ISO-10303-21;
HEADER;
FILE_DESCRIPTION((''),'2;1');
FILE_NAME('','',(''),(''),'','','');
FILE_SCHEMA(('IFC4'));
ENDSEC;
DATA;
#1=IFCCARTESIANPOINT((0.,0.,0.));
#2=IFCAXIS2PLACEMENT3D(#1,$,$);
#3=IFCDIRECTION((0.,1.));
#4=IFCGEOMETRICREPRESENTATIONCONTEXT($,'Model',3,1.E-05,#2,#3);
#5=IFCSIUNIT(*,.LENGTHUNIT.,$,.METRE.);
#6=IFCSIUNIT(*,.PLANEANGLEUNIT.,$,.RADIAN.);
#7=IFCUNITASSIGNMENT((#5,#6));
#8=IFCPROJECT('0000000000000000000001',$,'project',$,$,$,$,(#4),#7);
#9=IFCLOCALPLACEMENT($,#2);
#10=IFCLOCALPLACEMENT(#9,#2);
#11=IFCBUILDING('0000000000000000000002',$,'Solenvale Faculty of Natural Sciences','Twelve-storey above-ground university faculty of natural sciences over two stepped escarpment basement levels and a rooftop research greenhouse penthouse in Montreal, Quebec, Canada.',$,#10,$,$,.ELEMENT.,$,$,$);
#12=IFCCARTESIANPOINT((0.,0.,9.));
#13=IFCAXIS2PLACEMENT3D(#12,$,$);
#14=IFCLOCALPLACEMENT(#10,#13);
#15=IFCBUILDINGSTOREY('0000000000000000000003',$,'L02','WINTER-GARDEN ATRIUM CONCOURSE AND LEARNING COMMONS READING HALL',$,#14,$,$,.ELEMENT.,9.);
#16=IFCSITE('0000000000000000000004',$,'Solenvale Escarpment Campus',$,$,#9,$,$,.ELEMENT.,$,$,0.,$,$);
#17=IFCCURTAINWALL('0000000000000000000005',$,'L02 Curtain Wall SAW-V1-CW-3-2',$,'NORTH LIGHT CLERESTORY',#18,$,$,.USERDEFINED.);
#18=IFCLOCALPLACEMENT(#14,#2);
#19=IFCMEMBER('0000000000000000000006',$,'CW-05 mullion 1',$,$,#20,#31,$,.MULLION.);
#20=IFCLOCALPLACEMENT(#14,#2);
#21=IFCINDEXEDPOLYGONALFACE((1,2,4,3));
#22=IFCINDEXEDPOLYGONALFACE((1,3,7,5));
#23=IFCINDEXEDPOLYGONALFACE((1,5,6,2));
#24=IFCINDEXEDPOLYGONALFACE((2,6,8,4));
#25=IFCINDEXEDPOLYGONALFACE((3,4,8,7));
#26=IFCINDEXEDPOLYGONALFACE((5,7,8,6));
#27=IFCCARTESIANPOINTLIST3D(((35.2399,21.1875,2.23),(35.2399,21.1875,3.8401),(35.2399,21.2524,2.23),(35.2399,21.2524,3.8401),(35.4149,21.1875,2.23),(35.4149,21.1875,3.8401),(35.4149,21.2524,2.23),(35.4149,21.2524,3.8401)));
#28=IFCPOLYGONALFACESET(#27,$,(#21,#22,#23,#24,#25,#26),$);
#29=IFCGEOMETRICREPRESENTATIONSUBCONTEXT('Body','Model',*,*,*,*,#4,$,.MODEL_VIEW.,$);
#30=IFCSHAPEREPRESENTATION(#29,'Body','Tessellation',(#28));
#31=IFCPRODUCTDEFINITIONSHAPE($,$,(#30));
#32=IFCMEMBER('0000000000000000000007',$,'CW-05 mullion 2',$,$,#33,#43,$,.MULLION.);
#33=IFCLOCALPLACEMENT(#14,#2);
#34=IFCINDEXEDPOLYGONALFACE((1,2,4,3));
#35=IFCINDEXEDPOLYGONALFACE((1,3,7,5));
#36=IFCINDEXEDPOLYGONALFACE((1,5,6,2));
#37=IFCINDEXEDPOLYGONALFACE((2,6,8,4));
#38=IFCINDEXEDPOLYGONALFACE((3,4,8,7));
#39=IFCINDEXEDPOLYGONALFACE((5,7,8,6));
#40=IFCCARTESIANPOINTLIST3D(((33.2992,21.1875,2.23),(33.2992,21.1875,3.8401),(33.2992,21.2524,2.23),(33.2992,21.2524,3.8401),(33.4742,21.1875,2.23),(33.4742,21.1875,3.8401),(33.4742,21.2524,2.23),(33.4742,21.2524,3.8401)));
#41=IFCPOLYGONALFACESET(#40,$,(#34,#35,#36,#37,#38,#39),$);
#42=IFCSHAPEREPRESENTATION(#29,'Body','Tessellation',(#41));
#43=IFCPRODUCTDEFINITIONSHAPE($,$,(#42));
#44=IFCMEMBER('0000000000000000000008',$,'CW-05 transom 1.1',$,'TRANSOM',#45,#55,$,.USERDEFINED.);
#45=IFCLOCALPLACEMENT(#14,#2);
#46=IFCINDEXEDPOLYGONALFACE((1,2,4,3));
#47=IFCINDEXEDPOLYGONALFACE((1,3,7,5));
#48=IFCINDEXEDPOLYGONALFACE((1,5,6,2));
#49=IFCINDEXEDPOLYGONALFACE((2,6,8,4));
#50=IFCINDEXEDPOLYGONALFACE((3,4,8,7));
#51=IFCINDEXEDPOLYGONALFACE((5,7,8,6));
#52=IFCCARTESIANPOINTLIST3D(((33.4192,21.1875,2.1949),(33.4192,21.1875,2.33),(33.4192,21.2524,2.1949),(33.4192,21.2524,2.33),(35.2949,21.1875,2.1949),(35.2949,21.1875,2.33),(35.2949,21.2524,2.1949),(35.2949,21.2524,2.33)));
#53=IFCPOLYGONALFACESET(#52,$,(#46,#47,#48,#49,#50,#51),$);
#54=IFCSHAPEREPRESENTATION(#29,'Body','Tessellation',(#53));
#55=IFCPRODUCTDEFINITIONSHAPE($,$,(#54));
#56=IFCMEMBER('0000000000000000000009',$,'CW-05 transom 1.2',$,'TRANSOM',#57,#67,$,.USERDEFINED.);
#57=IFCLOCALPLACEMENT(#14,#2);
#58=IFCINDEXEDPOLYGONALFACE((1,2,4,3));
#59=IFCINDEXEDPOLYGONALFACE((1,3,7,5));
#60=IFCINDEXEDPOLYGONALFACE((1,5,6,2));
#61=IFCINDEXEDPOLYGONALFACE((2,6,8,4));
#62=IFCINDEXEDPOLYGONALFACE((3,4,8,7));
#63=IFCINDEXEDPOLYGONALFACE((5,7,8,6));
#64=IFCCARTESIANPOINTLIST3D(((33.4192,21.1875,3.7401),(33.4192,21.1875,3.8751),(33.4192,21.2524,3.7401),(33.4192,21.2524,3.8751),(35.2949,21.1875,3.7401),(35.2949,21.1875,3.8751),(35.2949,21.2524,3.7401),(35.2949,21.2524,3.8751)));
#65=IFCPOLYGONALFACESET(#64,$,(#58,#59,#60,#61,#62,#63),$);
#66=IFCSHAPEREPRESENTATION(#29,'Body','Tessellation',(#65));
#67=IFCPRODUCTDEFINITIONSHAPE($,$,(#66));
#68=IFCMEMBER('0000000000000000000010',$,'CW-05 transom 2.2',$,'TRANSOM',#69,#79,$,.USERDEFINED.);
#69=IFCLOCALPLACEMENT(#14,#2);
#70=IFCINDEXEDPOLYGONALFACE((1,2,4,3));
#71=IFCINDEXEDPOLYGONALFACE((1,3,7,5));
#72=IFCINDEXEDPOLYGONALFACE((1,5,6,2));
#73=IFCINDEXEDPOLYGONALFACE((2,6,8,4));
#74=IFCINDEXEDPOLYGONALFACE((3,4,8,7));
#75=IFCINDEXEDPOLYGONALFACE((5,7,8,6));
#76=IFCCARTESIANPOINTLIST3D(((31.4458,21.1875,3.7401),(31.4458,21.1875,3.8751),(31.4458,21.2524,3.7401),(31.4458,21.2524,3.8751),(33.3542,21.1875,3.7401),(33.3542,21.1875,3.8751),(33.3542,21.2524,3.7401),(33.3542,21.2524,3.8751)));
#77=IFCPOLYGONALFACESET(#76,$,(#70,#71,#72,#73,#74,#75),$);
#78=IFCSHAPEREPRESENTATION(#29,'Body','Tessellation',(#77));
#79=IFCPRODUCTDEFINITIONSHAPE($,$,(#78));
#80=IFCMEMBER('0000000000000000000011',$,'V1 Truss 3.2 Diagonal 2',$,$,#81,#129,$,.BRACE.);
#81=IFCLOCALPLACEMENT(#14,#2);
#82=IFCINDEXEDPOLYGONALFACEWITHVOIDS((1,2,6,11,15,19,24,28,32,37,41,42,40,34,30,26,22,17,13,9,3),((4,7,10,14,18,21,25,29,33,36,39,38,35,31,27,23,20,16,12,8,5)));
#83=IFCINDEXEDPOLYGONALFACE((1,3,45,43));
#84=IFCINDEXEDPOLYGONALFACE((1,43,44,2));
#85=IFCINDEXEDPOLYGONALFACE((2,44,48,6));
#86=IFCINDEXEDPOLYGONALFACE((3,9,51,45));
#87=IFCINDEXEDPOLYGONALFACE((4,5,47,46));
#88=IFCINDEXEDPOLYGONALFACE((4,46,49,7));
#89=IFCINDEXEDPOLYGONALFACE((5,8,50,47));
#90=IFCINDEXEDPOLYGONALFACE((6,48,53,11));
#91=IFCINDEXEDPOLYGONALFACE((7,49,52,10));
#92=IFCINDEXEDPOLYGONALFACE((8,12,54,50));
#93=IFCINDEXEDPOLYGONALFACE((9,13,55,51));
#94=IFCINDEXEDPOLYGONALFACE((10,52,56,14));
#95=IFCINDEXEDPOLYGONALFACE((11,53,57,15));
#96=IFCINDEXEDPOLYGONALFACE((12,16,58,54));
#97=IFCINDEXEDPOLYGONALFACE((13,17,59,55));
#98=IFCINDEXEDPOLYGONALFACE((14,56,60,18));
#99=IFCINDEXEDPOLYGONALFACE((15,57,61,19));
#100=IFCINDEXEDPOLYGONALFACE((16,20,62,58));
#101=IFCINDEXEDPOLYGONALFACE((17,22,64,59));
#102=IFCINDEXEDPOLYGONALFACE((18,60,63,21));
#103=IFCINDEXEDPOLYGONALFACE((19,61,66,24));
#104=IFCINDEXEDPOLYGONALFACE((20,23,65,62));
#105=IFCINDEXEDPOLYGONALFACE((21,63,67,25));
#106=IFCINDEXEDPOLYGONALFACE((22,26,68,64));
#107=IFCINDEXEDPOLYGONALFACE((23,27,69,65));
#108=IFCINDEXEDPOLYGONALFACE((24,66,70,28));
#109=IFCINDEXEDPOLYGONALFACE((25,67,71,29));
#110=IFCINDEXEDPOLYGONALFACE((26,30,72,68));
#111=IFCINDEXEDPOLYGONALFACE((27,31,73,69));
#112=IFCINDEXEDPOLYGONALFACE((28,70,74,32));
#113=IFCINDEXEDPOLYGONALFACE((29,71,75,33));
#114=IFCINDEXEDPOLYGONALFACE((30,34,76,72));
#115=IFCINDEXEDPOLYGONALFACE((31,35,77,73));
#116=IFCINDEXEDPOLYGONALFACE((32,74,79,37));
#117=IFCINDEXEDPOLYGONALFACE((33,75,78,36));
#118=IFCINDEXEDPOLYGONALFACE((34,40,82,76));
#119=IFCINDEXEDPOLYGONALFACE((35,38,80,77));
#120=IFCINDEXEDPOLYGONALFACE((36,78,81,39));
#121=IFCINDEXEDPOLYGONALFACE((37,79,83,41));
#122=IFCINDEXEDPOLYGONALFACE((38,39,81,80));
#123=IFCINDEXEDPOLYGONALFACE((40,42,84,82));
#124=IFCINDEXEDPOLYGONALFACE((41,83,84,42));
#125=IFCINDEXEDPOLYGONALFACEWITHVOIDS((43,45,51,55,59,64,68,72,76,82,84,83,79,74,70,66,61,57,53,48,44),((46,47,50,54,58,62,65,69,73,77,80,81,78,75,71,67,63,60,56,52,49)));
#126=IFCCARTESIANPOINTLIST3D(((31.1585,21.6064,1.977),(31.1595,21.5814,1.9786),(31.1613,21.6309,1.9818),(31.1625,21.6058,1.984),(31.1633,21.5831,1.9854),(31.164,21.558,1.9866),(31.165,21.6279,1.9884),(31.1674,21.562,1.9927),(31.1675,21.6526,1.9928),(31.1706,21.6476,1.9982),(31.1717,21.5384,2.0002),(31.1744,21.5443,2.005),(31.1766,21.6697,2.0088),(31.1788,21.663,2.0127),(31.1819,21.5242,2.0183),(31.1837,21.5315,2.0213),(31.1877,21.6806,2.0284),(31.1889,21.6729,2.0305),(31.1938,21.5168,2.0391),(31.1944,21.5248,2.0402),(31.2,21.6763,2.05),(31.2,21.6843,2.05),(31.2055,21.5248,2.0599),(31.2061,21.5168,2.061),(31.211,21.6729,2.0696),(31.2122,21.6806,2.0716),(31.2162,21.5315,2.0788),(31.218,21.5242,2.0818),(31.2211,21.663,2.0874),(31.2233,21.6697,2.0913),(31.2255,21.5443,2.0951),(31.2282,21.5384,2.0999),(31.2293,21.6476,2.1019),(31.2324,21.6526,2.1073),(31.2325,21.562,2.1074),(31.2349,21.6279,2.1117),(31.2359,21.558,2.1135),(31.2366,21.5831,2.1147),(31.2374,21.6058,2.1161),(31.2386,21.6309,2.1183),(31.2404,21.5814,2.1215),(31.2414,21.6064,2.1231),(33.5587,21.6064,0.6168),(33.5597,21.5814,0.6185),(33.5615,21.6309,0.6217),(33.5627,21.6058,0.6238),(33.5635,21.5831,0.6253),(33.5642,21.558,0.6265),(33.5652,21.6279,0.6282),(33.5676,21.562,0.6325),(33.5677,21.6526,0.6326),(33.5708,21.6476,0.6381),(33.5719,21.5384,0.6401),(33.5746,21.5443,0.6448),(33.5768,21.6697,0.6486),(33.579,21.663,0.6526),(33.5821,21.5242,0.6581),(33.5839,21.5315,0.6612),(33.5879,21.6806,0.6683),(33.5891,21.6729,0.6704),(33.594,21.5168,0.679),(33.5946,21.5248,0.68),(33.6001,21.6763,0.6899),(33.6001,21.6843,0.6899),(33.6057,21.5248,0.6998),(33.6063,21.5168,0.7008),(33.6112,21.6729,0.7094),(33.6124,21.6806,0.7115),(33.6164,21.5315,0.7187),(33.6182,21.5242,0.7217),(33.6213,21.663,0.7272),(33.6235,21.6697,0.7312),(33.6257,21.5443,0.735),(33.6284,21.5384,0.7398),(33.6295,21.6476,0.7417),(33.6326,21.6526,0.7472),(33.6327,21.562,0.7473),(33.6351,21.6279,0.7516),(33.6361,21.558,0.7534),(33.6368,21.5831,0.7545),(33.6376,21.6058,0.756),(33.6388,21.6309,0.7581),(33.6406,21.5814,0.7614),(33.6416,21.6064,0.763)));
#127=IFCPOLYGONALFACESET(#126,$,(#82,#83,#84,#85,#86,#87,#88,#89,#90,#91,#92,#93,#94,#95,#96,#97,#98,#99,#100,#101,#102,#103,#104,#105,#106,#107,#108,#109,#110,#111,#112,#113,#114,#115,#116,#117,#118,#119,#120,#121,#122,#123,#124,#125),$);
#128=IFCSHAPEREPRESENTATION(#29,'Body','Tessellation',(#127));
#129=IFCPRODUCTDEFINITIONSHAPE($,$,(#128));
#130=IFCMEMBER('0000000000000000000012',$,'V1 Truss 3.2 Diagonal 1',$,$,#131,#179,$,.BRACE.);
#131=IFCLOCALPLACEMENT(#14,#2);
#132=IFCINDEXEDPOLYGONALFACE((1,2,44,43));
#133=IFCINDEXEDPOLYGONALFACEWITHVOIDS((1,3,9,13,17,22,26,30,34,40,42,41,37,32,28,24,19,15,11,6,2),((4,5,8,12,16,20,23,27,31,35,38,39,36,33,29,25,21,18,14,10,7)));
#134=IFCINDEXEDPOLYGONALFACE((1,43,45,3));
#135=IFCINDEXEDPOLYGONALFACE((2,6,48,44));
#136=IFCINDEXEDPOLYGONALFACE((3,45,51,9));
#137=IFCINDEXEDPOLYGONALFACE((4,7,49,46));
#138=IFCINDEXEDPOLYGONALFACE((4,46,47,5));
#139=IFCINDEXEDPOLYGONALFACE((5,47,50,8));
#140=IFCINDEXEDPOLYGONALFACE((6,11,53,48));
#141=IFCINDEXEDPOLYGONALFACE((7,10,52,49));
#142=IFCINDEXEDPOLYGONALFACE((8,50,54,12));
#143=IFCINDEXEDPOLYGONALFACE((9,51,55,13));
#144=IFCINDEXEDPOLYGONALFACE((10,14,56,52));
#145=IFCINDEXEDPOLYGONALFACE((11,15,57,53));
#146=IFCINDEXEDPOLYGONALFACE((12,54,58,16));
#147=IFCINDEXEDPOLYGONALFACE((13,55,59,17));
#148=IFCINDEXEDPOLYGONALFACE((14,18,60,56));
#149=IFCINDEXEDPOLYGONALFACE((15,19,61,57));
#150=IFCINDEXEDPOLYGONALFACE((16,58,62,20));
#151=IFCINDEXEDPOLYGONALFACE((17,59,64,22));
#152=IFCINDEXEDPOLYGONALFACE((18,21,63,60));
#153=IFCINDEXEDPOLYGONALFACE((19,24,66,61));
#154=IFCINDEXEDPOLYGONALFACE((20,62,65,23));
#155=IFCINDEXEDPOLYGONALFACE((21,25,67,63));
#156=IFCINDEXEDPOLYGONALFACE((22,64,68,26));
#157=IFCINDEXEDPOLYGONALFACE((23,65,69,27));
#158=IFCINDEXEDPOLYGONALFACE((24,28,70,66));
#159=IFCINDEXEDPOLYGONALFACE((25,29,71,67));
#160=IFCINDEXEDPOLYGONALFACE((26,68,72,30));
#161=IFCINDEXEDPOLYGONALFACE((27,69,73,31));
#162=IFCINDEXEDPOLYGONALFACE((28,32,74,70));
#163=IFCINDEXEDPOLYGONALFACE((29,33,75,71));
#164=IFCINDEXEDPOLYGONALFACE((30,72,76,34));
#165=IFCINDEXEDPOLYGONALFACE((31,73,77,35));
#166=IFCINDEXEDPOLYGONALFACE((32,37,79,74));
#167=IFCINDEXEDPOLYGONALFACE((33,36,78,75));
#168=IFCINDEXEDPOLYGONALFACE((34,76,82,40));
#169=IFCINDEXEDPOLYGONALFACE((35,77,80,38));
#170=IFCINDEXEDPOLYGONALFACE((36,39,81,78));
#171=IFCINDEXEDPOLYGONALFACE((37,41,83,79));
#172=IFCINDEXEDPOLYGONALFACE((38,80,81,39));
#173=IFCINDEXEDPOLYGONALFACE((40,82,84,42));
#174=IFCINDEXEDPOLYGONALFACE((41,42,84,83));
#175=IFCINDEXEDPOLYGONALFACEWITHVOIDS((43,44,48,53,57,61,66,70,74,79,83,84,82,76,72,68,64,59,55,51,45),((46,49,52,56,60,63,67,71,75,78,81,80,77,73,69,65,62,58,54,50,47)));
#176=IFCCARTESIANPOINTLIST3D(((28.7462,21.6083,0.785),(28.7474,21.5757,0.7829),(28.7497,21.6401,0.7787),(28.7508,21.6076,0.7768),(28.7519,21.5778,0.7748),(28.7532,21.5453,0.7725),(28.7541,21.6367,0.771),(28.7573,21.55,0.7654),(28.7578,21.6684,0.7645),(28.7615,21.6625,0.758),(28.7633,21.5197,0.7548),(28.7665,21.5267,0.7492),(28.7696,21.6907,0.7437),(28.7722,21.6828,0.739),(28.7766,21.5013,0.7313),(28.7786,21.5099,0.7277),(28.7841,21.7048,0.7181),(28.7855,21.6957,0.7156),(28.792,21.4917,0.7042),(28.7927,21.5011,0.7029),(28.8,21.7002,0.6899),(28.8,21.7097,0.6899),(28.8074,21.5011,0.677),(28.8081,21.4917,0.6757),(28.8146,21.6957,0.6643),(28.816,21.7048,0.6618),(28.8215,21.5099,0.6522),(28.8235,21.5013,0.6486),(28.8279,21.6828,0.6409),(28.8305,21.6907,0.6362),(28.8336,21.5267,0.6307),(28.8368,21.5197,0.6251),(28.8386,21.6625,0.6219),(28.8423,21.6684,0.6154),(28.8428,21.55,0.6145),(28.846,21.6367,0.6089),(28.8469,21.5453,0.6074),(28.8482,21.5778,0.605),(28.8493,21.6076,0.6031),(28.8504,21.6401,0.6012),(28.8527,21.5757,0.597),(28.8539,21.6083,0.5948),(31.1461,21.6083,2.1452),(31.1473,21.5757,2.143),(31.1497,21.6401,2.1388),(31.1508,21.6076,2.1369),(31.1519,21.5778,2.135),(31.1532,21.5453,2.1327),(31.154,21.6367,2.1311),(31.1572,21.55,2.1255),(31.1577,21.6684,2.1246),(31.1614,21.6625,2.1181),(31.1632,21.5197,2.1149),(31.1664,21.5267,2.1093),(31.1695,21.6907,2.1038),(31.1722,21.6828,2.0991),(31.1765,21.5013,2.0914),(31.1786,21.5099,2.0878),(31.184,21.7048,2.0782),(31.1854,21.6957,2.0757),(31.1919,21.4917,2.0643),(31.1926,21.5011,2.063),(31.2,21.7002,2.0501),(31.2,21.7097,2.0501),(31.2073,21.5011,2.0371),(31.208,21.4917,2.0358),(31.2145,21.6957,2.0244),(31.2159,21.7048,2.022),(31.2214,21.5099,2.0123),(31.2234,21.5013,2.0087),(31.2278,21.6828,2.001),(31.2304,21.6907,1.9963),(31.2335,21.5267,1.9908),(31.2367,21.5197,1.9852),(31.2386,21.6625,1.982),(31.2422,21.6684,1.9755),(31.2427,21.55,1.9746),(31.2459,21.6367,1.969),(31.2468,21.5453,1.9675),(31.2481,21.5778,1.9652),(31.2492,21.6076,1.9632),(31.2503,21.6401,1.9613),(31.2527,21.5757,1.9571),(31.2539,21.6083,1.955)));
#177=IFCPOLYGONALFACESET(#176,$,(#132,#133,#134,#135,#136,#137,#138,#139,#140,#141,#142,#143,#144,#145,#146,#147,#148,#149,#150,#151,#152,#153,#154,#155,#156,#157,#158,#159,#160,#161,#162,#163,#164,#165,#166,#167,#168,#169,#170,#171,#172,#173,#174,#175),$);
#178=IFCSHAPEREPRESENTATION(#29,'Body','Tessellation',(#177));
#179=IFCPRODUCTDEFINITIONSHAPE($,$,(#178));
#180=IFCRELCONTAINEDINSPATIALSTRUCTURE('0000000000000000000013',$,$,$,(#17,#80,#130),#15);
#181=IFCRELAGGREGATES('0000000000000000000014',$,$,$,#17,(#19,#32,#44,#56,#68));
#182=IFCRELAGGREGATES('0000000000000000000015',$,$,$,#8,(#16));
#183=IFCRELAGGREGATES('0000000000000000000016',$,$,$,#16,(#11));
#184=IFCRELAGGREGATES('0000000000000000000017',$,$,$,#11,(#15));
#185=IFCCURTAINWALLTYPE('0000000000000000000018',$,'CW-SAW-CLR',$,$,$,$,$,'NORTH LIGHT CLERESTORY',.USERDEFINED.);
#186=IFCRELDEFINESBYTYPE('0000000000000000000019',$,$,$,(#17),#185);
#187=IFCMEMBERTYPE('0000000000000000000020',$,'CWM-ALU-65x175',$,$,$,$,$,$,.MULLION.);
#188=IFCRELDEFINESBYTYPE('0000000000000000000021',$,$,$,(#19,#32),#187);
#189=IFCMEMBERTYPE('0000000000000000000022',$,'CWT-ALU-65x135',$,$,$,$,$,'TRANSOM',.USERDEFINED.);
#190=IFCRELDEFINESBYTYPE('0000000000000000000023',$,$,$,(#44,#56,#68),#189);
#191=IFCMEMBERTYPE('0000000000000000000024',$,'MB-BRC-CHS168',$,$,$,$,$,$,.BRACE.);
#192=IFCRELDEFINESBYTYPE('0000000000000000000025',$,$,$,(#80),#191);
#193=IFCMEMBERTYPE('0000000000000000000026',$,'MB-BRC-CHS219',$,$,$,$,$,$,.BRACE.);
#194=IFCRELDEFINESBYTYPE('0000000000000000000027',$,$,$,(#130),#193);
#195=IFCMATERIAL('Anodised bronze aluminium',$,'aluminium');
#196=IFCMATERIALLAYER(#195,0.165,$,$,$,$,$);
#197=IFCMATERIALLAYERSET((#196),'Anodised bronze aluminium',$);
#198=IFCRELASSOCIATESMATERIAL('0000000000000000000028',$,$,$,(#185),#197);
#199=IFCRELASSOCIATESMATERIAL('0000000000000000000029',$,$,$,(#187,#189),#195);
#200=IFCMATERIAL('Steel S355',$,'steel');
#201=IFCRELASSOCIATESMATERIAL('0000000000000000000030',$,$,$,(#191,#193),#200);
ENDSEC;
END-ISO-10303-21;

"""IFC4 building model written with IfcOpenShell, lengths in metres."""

from ifc_helpers import new_model, si_unit, direction, frame, origin, origin_2d, place, context, subcontext, project, spatial, rectangle, hollow_circle, extrude, material, layer, layer_set, material_profile, profile_set, type_object, element, aggregate, save


model = new_model("IFC4")

# Units and contexts
model_context = context("Model", 3, precision=1e-05, world=origin(), true_north=direction((0.0, 1.0)))
body_context = subcontext(model_context, "Body", "Model", "MODEL_VIEW")
ifc_project = project(units=[si_unit("LENGTHUNIT", "METRE"), si_unit("PLANEANGLEUNIT", "RADIAN")], contexts=[model_context])

# Site, building, storey
site_placement = place(None, origin())
site = spatial("IfcSite", under=ifc_project, at=site_placement, Name="Solenvale Escarpment Campus", CompositionType="ELEMENT", RefElevation=0.0)
building_placement = place(site_placement, origin())
building = spatial("IfcBuilding", under=site, at=building_placement, Name="Solenvale Faculty of Natural Sciences", Description="Twelve-storey above-ground university faculty of natural sciences over two stepped escarpment basement levels and a rooftop research greenhouse penthouse in Montreal, Quebec, Canada.", CompositionType="ELEMENT")
storey_placement = place(building_placement, frame((0.0, 0.0, 9.0)))
storey = spatial("IfcBuildingStorey", under=building, at=storey_placement, Name="L02", Description="WINTER-GARDEN ATRIUM CONCOURSE AND LEARNING COMMONS READING HALL", CompositionType="ELEMENT", Elevation=9.0)

# Shared definitions
ifc_material_1 = material(Name="Steel S355", Category="steel")

# Curtain wall, members
ifc_material_2 = material(Name="Anodised bronze aluminium", Category="aluminium")
ifc_layer_1 = layer(ifc_material_2, 0.165)
ifc_layer_set_1 = layer_set([ifc_layer_1], Name="Anodised bronze aluminium")
curtain_wall_type = type_object("IfcCurtainWallType", Name="CW-SAW-CLR", ElementType="NORTH LIGHT CLERESTORY", PredefinedType="USERDEFINED", material=ifc_layer_set_1)
curtain_wall_placement = place(storey_placement, origin())
curtain_wall = element("IfcCurtainWall", 1, at=curtain_wall_placement, inside=storey, type_object=curtain_wall_type, Name="L02 Curtain Wall SAW-V1-CW-3-2", ObjectType="NORTH LIGHT CLERESTORY", PredefinedType="USERDEFINED")
ifc_material_profile_1 = material_profile(ifc_material_2, rectangle(XDim=0.0649, YDim=0.175, at=origin_2d()), Name="ALU-MUL-65x175")
ifc_profile_set_1 = profile_set([ifc_material_profile_1], Name="Anodised bronze aluminium")
member_type_1 = type_object("IfcMemberType", Name="CWM-ALU-65x175", PredefinedType="MULLION", material=ifc_profile_set_1)
member_1_placement = place(storey_placement, frame((35.3274, 21.22, 2.23), z_axis=(0.0, 0.0, 1.0), x_axis=(0.0, -1.0, 0.0)))
member_1 = element("IfcMember", 2, at=member_1_placement, type_object=member_type_1, Name="CW-05 mullion 1", PredefinedType="MULLION", context=body_context, shape_type="SweptSolid", body=[
    extrude(rectangle(XDim=0.0649, YDim=0.175, at=origin_2d()), origin(), (0.0, 0.0, 1.0), 1.6101),
])
member_2_placement = place(storey_placement, frame((33.3867, 21.22, 2.23), z_axis=(0.0, 0.0, 1.0), x_axis=(0.0, -1.0, 0.0)))
member_2 = element("IfcMember", 3, at=member_2_placement, type_object=member_type_1, Name="CW-05 mullion 2", PredefinedType="MULLION", context=body_context, shape_type="SweptSolid", body=[
    extrude(rectangle(XDim=0.0649, YDim=0.175, at=origin_2d()), origin(), (0.0, 0.0, 1.0), 1.6101),
])
ifc_material_profile_2 = material_profile(ifc_material_2, rectangle(XDim=0.0649, YDim=0.135, at=origin_2d()), Name="ALU-TRN-65x135")
ifc_profile_set_2 = profile_set([ifc_material_profile_2], Name="Anodised bronze aluminium")
member_type_2 = type_object("IfcMemberType", Name="CWT-ALU-65x135", ElementType="TRANSOM", PredefinedType="USERDEFINED", material=ifc_profile_set_2)
member_3_placement = place(storey_placement, frame((35.2949, 21.22, 2.2625), z_axis=(-1.0, 0.0, 0.0), x_axis=(0.0, -1.0, 0.0)))
member_3 = element("IfcMember", 4, at=member_3_placement, type_object=member_type_2, Name="CW-05 transom 1.1", ObjectType="TRANSOM", PredefinedType="USERDEFINED", context=body_context, shape_type="SweptSolid", body=[
    extrude(rectangle(XDim=0.0649, YDim=0.135, at=origin_2d()), origin(), (0.0, 0.0, 1.0), 1.8757),
])
member_4_placement = place(storey_placement, frame((35.2949, 21.22, 3.8076), z_axis=(-1.0, 0.0, 0.0), x_axis=(0.0, -1.0, 0.0)))
member_4 = element("IfcMember", 5, at=member_4_placement, type_object=member_type_2, Name="CW-05 transom 1.2", ObjectType="TRANSOM", PredefinedType="USERDEFINED", context=body_context, shape_type="SweptSolid", body=[
    extrude(rectangle(XDim=0.0649, YDim=0.135, at=origin_2d()), origin(), (0.0, 0.0, 1.0), 1.8757),
])
member_5_placement = place(storey_placement, frame((33.3542, 21.22, 3.8076), z_axis=(-1.0, 0.0, 0.0), x_axis=(0.0, -1.0, 0.0)))
member_5 = element("IfcMember", 6, at=member_5_placement, type_object=member_type_2, Name="CW-05 transom 2.2", ObjectType="TRANSOM", PredefinedType="USERDEFINED", context=body_context, shape_type="SweptSolid", body=[
    extrude(rectangle(XDim=0.0649, YDim=0.135, at=origin_2d()), origin(), (0.0, 0.0, 1.0), 1.9084),
])

# Members
ifc_material_profile_3 = material_profile(ifc_material_1, hollow_circle(Radius=0.0842, WallThickness=0.0081, at=origin_2d()), Name="HSS168x8.0")
ifc_profile_set_3 = profile_set([ifc_material_profile_3], Name="Steel S355")
member_type_3 = type_object("IfcMemberType", Name="MB-BRC-CHS168", PredefinedType="BRACE", material=ifc_profile_set_3)
member_6_placement = place(storey_placement, frame((31.2, 21.6001, 2.05), z_axis=(0.870018, 0.0, -0.493019), x_axis=(0.0, 1.0, 0.0)))
element("IfcMember", 7, at=member_6_placement, inside=storey, type_object=member_type_3, Name="V1 Truss 3.2 Diagonal 2", PredefinedType="BRACE", context=body_context, shape_type="SweptSolid", body=[
    extrude(hollow_circle(Radius=0.0842, WallThickness=0.0081, at=origin_2d()), origin(), (0.0, 0.0, 1.0), 2.7588),
])
ifc_material_profile_4 = material_profile(ifc_material_1, hollow_circle(Radius=0.1096, WallThickness=0.0095, at=origin_2d()), Name="HSS219x9.5")
ifc_profile_set_4 = profile_set([ifc_material_profile_4], Name="Steel S355")
member_type_4 = type_object("IfcMemberType", Name="MB-BRC-CHS219", PredefinedType="BRACE", material=ifc_profile_set_4)
member_7_placement = place(storey_placement, frame((28.8, 21.6001, 0.6899), z_axis=(0.869997, 0.0, 0.493057), x_axis=(0.0, 1.0, 0.0)))
element("IfcMember", 8, at=member_7_placement, inside=storey, type_object=member_type_4, Name="V1 Truss 3.2 Diagonal 1", PredefinedType="BRACE", context=body_context, shape_type="SweptSolid", body=[
    extrude(hollow_circle(Radius=0.1096, WallThickness=0.0095, at=origin_2d()), origin(), (0.0, 0.0, 1.0), 2.7585),
])

aggregate(curtain_wall, [member_1, member_2, member_3, member_4, member_5])

save(model, "model.ifc")
